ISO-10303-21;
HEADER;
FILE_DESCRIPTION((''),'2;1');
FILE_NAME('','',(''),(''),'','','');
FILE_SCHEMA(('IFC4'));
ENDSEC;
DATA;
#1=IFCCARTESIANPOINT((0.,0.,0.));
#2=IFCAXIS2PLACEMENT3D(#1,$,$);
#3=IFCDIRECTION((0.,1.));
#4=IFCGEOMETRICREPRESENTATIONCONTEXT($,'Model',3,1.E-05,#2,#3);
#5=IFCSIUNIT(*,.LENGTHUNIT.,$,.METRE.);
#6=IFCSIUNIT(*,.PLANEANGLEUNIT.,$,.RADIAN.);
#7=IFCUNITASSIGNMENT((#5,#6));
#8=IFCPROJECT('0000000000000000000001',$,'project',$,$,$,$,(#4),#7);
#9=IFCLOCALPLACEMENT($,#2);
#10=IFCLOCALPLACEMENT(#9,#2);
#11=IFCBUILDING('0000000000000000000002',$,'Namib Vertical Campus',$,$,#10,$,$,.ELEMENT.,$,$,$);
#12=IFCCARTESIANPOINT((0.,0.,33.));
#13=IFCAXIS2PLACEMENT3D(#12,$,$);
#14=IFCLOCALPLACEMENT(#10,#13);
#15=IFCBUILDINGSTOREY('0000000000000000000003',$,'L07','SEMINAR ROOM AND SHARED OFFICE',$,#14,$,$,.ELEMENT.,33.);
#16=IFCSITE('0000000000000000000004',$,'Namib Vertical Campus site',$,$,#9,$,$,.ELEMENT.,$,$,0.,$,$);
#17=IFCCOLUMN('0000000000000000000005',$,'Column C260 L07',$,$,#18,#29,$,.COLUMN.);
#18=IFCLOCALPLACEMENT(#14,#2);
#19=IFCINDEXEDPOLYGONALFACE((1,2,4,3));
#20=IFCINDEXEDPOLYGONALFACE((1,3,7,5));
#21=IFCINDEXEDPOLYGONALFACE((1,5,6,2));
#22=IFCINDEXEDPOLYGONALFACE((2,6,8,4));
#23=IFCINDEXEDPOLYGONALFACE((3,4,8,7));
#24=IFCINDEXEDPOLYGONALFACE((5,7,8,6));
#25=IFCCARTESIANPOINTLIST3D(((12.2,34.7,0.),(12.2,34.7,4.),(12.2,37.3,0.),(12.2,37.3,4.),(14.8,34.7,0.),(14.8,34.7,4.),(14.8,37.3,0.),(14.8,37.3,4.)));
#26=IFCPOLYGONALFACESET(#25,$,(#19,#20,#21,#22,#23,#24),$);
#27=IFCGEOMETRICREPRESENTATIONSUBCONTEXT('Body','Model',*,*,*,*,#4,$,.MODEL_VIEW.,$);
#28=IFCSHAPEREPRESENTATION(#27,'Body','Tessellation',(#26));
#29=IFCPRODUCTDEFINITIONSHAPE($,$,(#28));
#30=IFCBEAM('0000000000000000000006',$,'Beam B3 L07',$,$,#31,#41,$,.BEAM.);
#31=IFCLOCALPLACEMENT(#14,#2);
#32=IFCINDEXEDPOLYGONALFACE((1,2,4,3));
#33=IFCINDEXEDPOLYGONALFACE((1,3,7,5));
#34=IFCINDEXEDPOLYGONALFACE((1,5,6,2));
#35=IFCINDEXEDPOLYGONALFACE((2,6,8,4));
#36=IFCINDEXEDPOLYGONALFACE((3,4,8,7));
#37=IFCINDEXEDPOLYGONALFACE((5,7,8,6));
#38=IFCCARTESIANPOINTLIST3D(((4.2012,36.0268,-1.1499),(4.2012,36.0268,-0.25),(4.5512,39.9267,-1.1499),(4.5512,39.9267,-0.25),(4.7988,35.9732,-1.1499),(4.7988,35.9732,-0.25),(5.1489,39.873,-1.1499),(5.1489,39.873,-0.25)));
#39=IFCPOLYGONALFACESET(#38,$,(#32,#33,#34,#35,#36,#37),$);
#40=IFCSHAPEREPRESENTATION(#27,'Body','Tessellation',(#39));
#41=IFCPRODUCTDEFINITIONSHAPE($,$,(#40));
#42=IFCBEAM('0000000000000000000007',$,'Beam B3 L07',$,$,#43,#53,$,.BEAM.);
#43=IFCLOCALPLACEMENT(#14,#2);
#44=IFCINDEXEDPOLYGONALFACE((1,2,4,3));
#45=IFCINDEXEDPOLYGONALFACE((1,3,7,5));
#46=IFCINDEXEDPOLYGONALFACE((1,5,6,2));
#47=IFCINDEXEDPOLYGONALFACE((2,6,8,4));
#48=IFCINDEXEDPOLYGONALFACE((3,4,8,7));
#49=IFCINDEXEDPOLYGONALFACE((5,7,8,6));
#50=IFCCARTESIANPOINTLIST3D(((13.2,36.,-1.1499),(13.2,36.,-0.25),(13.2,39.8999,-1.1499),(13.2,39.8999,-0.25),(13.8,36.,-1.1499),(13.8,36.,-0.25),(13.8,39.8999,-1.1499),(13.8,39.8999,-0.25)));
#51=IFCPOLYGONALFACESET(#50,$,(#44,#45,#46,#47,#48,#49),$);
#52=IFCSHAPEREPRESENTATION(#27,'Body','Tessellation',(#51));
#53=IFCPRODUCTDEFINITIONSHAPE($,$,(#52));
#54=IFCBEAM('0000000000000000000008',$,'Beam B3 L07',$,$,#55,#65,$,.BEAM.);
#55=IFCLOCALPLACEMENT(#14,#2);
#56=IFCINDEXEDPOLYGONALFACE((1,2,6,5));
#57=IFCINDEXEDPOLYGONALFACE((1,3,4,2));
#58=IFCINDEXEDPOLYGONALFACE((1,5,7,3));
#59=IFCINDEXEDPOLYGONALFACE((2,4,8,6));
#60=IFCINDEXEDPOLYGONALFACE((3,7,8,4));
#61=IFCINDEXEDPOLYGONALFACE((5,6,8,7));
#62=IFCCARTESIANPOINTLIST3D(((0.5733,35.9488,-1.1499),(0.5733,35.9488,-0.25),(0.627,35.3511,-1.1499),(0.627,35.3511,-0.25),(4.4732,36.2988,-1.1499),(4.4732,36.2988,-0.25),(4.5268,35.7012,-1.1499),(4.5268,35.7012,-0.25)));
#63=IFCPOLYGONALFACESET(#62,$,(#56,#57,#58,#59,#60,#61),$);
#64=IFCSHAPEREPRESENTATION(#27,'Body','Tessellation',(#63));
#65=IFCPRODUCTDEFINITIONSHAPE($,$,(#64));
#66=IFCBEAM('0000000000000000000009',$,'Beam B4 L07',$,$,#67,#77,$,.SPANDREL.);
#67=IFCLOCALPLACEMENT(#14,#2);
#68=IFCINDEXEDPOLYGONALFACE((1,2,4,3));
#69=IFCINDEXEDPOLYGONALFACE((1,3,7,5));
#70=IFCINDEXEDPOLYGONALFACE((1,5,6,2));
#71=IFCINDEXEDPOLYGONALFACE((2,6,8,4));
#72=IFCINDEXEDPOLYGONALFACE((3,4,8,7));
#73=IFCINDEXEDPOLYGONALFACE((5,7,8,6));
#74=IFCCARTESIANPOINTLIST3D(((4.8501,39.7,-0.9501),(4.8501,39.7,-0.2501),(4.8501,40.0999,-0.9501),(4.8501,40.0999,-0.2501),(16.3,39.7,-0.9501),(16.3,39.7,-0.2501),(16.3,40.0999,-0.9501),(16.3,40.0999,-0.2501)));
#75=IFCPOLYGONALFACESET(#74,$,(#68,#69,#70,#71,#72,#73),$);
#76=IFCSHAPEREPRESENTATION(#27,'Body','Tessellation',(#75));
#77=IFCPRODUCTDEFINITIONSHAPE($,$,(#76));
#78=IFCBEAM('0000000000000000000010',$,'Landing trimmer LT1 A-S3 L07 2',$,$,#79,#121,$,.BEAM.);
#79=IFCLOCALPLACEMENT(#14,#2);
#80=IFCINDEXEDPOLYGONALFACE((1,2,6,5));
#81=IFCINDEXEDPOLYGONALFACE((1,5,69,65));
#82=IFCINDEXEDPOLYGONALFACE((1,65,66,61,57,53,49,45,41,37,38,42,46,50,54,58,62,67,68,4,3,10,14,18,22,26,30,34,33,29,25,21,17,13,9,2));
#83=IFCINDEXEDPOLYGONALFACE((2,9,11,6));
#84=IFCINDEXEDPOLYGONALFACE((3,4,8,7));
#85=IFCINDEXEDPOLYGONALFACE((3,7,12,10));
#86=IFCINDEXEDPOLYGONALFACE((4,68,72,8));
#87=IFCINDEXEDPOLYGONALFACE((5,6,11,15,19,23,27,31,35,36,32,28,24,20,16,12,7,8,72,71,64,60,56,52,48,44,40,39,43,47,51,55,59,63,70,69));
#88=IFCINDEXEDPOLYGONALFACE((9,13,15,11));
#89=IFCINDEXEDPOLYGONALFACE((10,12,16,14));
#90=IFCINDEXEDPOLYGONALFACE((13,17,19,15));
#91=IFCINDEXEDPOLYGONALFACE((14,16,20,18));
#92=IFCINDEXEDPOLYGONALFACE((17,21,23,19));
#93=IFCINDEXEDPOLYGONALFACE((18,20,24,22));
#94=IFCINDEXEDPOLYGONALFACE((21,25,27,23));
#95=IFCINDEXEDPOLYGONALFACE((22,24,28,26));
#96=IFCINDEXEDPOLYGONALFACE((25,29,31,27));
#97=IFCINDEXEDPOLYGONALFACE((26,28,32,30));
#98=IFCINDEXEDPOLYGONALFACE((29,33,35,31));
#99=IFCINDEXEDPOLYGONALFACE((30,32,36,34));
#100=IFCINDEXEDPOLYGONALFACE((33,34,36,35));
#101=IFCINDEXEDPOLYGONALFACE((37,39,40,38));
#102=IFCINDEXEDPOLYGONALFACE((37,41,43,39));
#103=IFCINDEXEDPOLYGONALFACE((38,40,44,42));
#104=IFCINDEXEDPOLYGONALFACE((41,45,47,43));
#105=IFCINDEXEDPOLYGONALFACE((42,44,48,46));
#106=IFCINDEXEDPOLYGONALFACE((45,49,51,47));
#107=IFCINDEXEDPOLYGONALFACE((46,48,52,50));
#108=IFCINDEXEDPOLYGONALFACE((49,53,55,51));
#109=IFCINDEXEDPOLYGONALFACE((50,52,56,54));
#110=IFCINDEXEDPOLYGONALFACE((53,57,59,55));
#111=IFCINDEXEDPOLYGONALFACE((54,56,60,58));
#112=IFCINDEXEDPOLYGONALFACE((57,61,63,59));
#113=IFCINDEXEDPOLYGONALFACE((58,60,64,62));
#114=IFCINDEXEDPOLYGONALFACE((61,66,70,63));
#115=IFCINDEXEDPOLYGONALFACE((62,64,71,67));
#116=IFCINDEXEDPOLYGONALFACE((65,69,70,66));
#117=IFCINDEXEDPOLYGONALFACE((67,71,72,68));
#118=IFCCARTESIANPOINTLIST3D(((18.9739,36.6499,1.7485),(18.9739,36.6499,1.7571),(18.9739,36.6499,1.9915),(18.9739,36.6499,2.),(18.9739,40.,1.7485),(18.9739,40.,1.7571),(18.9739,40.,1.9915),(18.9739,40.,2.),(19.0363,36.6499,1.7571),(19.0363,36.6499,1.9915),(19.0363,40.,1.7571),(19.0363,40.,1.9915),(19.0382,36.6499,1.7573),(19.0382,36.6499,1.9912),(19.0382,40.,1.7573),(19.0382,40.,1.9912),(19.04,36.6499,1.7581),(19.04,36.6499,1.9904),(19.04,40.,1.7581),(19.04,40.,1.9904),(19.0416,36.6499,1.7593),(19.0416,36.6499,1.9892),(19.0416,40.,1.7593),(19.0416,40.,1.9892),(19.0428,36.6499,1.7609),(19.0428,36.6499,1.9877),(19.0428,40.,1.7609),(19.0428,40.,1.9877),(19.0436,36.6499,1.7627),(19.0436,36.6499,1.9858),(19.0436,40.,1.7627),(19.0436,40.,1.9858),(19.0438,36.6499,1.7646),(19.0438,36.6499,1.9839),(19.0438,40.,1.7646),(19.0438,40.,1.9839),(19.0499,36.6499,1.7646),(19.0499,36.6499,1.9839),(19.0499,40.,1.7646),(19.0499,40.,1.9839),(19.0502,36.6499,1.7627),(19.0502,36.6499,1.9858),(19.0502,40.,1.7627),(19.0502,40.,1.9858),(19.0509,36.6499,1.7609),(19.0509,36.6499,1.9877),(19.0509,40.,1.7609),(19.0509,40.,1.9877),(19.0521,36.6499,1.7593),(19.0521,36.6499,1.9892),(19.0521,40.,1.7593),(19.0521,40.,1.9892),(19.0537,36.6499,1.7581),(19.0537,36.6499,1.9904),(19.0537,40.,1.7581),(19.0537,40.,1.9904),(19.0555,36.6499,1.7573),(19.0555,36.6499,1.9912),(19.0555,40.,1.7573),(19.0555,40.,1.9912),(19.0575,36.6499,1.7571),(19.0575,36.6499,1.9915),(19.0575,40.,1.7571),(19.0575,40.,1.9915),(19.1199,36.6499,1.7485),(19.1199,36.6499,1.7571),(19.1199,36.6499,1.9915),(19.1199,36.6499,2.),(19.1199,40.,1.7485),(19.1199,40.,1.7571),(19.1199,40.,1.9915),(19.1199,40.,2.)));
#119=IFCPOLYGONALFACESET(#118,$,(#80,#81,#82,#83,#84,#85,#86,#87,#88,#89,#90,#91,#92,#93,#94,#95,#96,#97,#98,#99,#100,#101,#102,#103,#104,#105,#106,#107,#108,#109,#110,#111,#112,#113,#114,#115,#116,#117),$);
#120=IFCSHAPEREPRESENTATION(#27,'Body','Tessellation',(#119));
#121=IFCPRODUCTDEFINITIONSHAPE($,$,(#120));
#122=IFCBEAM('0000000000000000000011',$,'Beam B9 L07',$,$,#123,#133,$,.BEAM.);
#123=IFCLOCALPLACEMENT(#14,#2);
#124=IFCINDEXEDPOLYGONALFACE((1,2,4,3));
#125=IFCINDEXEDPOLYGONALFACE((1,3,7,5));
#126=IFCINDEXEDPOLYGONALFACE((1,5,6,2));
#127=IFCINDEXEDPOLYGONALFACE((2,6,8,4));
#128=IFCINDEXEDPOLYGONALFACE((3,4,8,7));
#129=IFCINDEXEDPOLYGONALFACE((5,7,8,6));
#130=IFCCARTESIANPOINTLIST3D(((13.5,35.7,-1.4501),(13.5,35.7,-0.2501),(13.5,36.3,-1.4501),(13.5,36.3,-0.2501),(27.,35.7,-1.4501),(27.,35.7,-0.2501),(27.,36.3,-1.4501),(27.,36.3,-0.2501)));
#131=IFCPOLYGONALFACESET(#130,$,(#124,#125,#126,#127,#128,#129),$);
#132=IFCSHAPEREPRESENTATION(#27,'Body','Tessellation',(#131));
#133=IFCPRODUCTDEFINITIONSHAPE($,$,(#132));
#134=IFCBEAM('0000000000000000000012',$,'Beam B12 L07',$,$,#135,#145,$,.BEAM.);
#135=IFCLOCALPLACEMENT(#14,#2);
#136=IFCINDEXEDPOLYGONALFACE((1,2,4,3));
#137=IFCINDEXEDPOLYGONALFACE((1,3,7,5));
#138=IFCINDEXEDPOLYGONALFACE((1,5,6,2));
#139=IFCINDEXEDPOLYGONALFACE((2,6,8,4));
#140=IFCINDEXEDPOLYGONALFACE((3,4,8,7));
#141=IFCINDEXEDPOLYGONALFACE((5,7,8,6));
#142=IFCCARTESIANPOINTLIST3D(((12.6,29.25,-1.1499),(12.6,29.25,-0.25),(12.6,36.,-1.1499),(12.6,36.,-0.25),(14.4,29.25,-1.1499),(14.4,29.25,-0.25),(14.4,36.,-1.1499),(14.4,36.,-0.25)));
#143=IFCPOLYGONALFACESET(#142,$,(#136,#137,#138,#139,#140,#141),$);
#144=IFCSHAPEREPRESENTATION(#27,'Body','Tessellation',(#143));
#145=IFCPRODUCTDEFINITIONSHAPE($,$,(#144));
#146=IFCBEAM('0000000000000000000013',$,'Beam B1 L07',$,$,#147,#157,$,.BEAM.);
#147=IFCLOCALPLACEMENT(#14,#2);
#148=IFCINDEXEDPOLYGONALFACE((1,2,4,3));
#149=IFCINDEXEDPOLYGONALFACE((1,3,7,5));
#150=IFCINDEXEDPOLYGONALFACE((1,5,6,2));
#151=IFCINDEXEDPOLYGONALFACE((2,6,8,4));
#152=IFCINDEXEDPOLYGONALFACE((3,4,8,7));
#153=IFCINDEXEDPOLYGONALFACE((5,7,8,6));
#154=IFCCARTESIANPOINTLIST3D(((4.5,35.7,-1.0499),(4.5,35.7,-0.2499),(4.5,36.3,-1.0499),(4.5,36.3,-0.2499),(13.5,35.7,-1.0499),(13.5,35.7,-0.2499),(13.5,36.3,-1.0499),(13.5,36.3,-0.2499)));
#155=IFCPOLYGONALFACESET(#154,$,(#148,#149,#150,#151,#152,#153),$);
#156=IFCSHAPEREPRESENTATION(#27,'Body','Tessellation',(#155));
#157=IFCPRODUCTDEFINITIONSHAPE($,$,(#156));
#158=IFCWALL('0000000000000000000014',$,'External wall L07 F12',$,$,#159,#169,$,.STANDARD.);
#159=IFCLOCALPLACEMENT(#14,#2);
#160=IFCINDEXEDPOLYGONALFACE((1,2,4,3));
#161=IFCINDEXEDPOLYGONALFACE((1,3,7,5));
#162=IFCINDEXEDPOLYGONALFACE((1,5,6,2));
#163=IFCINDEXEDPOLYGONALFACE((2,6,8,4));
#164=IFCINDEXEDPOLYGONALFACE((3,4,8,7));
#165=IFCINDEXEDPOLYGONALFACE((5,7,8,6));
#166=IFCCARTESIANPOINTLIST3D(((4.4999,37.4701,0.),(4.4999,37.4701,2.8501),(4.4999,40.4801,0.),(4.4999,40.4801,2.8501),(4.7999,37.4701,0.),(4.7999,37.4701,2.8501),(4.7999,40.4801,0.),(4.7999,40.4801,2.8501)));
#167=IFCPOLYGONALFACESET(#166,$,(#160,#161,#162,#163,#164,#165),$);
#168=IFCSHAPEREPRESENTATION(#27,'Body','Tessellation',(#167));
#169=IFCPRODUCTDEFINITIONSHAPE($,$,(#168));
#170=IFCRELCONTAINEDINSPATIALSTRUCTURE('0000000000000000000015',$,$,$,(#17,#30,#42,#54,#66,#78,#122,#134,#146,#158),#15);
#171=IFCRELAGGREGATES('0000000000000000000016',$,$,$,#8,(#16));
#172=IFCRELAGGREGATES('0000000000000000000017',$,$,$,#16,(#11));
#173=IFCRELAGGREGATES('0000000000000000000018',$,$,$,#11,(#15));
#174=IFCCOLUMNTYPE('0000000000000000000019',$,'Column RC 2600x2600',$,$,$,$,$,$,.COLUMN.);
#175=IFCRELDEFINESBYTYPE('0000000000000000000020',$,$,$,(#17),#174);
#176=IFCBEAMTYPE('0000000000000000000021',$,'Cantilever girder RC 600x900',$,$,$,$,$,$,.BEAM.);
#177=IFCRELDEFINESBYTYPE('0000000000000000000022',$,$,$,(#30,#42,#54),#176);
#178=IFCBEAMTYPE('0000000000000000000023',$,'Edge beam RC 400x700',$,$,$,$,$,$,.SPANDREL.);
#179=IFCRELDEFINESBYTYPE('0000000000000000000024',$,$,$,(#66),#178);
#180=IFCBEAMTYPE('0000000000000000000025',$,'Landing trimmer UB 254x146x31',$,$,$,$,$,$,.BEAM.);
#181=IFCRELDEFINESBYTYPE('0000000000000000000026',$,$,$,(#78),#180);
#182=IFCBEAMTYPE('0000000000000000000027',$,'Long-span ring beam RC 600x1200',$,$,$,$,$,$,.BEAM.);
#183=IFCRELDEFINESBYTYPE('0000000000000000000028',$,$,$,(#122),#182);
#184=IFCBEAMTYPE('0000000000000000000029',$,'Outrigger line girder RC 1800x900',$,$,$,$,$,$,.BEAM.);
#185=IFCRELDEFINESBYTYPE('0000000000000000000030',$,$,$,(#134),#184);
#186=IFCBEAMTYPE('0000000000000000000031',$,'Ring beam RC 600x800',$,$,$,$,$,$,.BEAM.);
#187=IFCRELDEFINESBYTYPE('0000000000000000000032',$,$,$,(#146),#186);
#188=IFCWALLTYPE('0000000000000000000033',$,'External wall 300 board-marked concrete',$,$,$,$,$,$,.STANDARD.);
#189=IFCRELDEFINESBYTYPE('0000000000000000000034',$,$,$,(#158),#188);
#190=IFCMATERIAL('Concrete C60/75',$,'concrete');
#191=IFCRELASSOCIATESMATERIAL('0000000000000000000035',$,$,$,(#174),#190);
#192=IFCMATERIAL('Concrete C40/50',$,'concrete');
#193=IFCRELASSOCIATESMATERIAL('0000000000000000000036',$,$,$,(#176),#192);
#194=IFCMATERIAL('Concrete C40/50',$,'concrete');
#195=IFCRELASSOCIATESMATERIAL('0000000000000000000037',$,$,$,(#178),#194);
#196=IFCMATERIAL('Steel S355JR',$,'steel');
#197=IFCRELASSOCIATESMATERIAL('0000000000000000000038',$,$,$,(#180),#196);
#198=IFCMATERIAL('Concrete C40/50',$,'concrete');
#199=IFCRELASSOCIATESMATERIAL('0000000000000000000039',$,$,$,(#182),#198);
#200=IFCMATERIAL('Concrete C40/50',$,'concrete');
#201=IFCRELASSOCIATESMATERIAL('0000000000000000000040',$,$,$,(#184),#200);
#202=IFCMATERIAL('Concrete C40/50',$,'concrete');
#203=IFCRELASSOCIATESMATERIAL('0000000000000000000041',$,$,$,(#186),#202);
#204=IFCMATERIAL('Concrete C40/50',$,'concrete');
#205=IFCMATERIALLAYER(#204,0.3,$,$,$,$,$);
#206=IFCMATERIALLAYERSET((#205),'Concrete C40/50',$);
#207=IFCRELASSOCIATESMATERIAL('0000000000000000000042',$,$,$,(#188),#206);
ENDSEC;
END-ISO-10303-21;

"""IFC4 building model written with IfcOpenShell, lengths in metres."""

from ifc_helpers import new_model, si_unit, direction, frame, frame_2d, origin, origin_2d, place, context, subcontext, project, spatial, rectangle, i_section, extrude, material, layer, layer_set, material_profile, profile_set, type_object, element, save


model = new_model("IFC4")

# Units and contexts
model_context = context("Model", 3, precision=1e-05, world=origin(), true_north=direction((0.0, 1.0)))
body_context = subcontext(model_context, "Body", "Model", "MODEL_VIEW")
ifc_project = project(units=[si_unit("LENGTHUNIT", "METRE"), si_unit("PLANEANGLEUNIT", "RADIAN")], contexts=[model_context])

# Site, building, storey
site_placement = place(None, origin())
site = spatial("IfcSite", under=ifc_project, at=site_placement, Name="Namib Vertical Campus site", CompositionType="ELEMENT", RefElevation=0.0)
building_placement = place(site_placement, origin())
building = spatial("IfcBuilding", under=site, at=building_placement, Name="Namib Vertical Campus", CompositionType="ELEMENT")
storey_placement = place(building_placement, frame((0.0, 0.0, 33.0)))
storey = spatial("IfcBuildingStorey", under=building, at=storey_placement, Name="L07", Description="SEMINAR ROOM AND SHARED OFFICE", CompositionType="ELEMENT", Elevation=33.0)

# Column
ifc_material_1 = material(Name="Concrete C60/75", Category="concrete")
ifc_material_profile_1 = material_profile(ifc_material_1, rectangle(XDim=2.6001, YDim=2.6001, at=origin_2d()))
ifc_profile_set_1 = profile_set([ifc_material_profile_1], Name="Concrete C60/75")
column_type = type_object("IfcColumnType", Name="Column RC 2600x2600", PredefinedType="COLUMN", material=ifc_profile_set_1)
column_placement = place(storey_placement, frame((13.5, 36.0, 0.0), z_axis=(0.0, 0.0, 1.0), x_axis=(1.0, 0.0, 0.0)))
element("IfcColumn", 1, at=column_placement, inside=storey, type_object=column_type, Name="Column C260 L07", PredefinedType="COLUMN", context=body_context, shape_type="SweptSolid", body=[
    extrude(rectangle(XDim=2.6001, YDim=2.6001, at=origin_2d()), origin(), (0.0, 0.0, 1.0), 4.0),
])

# Beams
ifc_material_2 = material(Name="Concrete C40/50", Category="concrete")
ifc_material_profile_2 = material_profile(ifc_material_2, rectangle(XDim=0.6001, YDim=0.8999, at=origin_2d()))
ifc_profile_set_2 = profile_set([ifc_material_profile_2], Name="Concrete C40/50")
beam_type_1 = type_object("IfcBeamType", Name="Cantilever girder RC 600x900", PredefinedType="BEAM", material=ifc_profile_set_2)
beam_1_placement = place(storey_placement, frame((4.5, 36.0, -0.7), z_axis=(0.089411, 0.995995, 0.0), x_axis=(-0.995995, 0.089411, 0.0)))
element("IfcBeam", 2, at=beam_1_placement, inside=storey, type_object=beam_type_1, Name="Beam B3 L07", PredefinedType="BEAM", context=body_context, shape_type="SweptSolid", body=[
    extrude(rectangle(XDim=0.6001, YDim=0.8999, at=origin_2d()), origin(), (0.0, 0.0, 1.0), 3.9155),
])
beam_2_placement = place(storey_placement, frame((13.5, 36.0, -0.7), z_axis=(0.0, 1.0, 0.0), x_axis=(-1.0, 0.0, 0.0)))
element("IfcBeam", 3, at=beam_2_placement, inside=storey, type_object=beam_type_1, Name="Beam B3 L07", PredefinedType="BEAM", context=body_context, shape_type="SweptSolid", body=[
    extrude(rectangle(XDim=0.6001, YDim=0.8999, at=origin_2d()), origin(), (0.0, 0.0, 1.0), 3.8999),
])
beam_3_placement = place(storey_placement, frame((4.5, 36.0, -0.7), z_axis=(-0.995995, -0.089411, 0.0), x_axis=(0.089411, -0.995995, 0.0)))
element("IfcBeam", 4, at=beam_3_placement, inside=storey, type_object=beam_type_1, Name="Beam B3 L07", PredefinedType="BEAM", context=body_context, shape_type="SweptSolid", body=[
    extrude(rectangle(XDim=0.6001, YDim=0.8999, at=origin_2d()), origin(), (0.0, 0.0, 1.0), 3.9155),
])
ifc_material_3 = material(Name="Concrete C40/50", Category="concrete")
ifc_material_profile_3 = material_profile(ifc_material_3, rectangle(XDim=0.3999, YDim=0.7, at=origin_2d()))
ifc_profile_set_3 = profile_set([ifc_material_profile_3], Name="Concrete C40/50")
beam_type_2 = type_object("IfcBeamType", Name="Edge beam RC 400x700", PredefinedType="SPANDREL", material=ifc_profile_set_3)
beam_4_placement = place(storey_placement, frame((4.8501, 39.8999, -0.6001), z_axis=(1.0, 0.0, 0.0), x_axis=(0.0, 1.0, 0.0)))
element("IfcBeam", 5, at=beam_4_placement, inside=storey, type_object=beam_type_2, Name="Beam B4 L07", PredefinedType="SPANDREL", context=body_context, shape_type="SweptSolid", body=[
    extrude(rectangle(XDim=0.3999, YDim=0.7, at=origin_2d()), origin(), (0.0, 0.0, 1.0), 11.45),
])
ifc_material_4 = material(Name="Steel S355JR", Category="steel")
ifc_material_profile_4 = material_profile(ifc_material_4, i_section(OverallWidth=0.146, OverallDepth=0.2515, WebThickness=0.0061, FlangeThickness=0.0085, FilletRadius=0.0076, at=origin_2d()))
ifc_profile_set_4 = profile_set([ifc_material_profile_4], Name="Steel S355JR")
beam_type_3 = type_object("IfcBeamType", Name="Landing trimmer UB 254x146x31", PredefinedType="BEAM", material=ifc_profile_set_4)
beam_5_placement = place(storey_placement, frame((19.0469, 36.6499, 1.8743), z_axis=(0.0, 1.0, 0.0), x_axis=(-1.0, 0.0, 0.0)))
element("IfcBeam", 6, at=beam_5_placement, inside=storey, type_object=beam_type_3, Name="Landing trimmer LT1 A-S3 L07 2", PredefinedType="BEAM", context=body_context, shape_type="SweptSolid", body=[
    extrude(i_section(OverallWidth=0.146, OverallDepth=0.2515, WebThickness=0.0061, FlangeThickness=0.0085, FilletRadius=0.0076, at=origin_2d()), origin(), (0.0, 0.0, 1.0), 3.3501),
])
ifc_material_5 = material(Name="Concrete C40/50", Category="concrete")
ifc_material_profile_5 = material_profile(ifc_material_5, rectangle(XDim=0.6001, YDim=1.2, at=origin_2d()))
ifc_profile_set_5 = profile_set([ifc_material_profile_5], Name="Concrete C40/50")
beam_type_4 = type_object("IfcBeamType", Name="Long-span ring beam RC 600x1200", PredefinedType="BEAM", material=ifc_profile_set_5)
beam_6_placement = place(storey_placement, frame((13.5, 36.0, -0.8501), z_axis=(1.0, 0.0, 0.0), x_axis=(0.0, 1.0, 0.0)))
element("IfcBeam", 7, at=beam_6_placement, inside=storey, type_object=beam_type_4, Name="Beam B9 L07", PredefinedType="BEAM", context=body_context, shape_type="SweptSolid", body=[
    extrude(rectangle(XDim=0.6001, YDim=1.2, at=origin_2d()), origin(), (0.0, 0.0, 1.0), 13.5),
])
ifc_material_6 = material(Name="Concrete C40/50", Category="concrete")
ifc_material_profile_6 = material_profile(ifc_material_6, rectangle(XDim=1.8, YDim=0.8999, at=origin_2d()))
ifc_profile_set_6 = profile_set([ifc_material_profile_6], Name="Concrete C40/50")
beam_type_5 = type_object("IfcBeamType", Name="Outrigger line girder RC 1800x900", PredefinedType="BEAM", material=ifc_profile_set_6)
beam_7_placement = place(storey_placement, frame((13.5, 36.0, -0.7), z_axis=(0.0, -1.0, 0.0), x_axis=(1.0, 0.0, 0.0)))
element("IfcBeam", 8, at=beam_7_placement, inside=storey, type_object=beam_type_5, Name="Beam B12 L07", PredefinedType="BEAM", context=body_context, shape_type="SweptSolid", body=[
    extrude(rectangle(XDim=1.8, YDim=0.8999, at=origin_2d()), origin(), (0.0, 0.0, 1.0), 6.75),
])
ifc_material_7 = material(Name="Concrete C40/50", Category="concrete")
ifc_material_profile_7 = material_profile(ifc_material_7, rectangle(XDim=0.6001, YDim=0.8, at=origin_2d()))
ifc_profile_set_7 = profile_set([ifc_material_profile_7], Name="Concrete C40/50")
beam_type_6 = type_object("IfcBeamType", Name="Ring beam RC 600x800", PredefinedType="BEAM", material=ifc_profile_set_7)
beam_8_placement = place(storey_placement, frame((4.5, 36.0, -0.6499), z_axis=(1.0, 0.0, 0.0), x_axis=(0.0, 1.0, 0.0)))
element("IfcBeam", 9, at=beam_8_placement, inside=storey, type_object=beam_type_6, Name="Beam B1 L07", PredefinedType="BEAM", context=body_context, shape_type="SweptSolid", body=[
    extrude(rectangle(XDim=0.6001, YDim=0.8, at=origin_2d()), origin(), (0.0, 0.0, 1.0), 9.0),
])

# Wall
ifc_material_8 = material(Name="Concrete C40/50", Category="concrete")
ifc_layer_1 = layer(ifc_material_8, 0.3)
ifc_layer_set_1 = layer_set([ifc_layer_1], Name="Concrete C40/50")
wall_type_1 = type_object("IfcWallType", Name="External wall 300 board-marked concrete", PredefinedType="STANDARD", material=ifc_layer_set_1)
wall_1_placement = place(storey_placement, frame((4.6499, 40.48, 0.0), z_axis=(0.0, 0.0, 1.0), x_axis=(0.0, -1.0, 0.0)))
element("IfcWall", 10, at=wall_1_placement, inside=storey, type_object=wall_type_1, Name="External wall L07 F12", PredefinedType="STANDARD", context=body_context, shape_type="SweptSolid", body=[
    extrude(rectangle(XDim=3.01, YDim=0.3, at=frame_2d((1.5049, 0.0))), origin(), (0.0, 0.0, 1.0), 2.8501),
])

save(model, "model.ifc")
